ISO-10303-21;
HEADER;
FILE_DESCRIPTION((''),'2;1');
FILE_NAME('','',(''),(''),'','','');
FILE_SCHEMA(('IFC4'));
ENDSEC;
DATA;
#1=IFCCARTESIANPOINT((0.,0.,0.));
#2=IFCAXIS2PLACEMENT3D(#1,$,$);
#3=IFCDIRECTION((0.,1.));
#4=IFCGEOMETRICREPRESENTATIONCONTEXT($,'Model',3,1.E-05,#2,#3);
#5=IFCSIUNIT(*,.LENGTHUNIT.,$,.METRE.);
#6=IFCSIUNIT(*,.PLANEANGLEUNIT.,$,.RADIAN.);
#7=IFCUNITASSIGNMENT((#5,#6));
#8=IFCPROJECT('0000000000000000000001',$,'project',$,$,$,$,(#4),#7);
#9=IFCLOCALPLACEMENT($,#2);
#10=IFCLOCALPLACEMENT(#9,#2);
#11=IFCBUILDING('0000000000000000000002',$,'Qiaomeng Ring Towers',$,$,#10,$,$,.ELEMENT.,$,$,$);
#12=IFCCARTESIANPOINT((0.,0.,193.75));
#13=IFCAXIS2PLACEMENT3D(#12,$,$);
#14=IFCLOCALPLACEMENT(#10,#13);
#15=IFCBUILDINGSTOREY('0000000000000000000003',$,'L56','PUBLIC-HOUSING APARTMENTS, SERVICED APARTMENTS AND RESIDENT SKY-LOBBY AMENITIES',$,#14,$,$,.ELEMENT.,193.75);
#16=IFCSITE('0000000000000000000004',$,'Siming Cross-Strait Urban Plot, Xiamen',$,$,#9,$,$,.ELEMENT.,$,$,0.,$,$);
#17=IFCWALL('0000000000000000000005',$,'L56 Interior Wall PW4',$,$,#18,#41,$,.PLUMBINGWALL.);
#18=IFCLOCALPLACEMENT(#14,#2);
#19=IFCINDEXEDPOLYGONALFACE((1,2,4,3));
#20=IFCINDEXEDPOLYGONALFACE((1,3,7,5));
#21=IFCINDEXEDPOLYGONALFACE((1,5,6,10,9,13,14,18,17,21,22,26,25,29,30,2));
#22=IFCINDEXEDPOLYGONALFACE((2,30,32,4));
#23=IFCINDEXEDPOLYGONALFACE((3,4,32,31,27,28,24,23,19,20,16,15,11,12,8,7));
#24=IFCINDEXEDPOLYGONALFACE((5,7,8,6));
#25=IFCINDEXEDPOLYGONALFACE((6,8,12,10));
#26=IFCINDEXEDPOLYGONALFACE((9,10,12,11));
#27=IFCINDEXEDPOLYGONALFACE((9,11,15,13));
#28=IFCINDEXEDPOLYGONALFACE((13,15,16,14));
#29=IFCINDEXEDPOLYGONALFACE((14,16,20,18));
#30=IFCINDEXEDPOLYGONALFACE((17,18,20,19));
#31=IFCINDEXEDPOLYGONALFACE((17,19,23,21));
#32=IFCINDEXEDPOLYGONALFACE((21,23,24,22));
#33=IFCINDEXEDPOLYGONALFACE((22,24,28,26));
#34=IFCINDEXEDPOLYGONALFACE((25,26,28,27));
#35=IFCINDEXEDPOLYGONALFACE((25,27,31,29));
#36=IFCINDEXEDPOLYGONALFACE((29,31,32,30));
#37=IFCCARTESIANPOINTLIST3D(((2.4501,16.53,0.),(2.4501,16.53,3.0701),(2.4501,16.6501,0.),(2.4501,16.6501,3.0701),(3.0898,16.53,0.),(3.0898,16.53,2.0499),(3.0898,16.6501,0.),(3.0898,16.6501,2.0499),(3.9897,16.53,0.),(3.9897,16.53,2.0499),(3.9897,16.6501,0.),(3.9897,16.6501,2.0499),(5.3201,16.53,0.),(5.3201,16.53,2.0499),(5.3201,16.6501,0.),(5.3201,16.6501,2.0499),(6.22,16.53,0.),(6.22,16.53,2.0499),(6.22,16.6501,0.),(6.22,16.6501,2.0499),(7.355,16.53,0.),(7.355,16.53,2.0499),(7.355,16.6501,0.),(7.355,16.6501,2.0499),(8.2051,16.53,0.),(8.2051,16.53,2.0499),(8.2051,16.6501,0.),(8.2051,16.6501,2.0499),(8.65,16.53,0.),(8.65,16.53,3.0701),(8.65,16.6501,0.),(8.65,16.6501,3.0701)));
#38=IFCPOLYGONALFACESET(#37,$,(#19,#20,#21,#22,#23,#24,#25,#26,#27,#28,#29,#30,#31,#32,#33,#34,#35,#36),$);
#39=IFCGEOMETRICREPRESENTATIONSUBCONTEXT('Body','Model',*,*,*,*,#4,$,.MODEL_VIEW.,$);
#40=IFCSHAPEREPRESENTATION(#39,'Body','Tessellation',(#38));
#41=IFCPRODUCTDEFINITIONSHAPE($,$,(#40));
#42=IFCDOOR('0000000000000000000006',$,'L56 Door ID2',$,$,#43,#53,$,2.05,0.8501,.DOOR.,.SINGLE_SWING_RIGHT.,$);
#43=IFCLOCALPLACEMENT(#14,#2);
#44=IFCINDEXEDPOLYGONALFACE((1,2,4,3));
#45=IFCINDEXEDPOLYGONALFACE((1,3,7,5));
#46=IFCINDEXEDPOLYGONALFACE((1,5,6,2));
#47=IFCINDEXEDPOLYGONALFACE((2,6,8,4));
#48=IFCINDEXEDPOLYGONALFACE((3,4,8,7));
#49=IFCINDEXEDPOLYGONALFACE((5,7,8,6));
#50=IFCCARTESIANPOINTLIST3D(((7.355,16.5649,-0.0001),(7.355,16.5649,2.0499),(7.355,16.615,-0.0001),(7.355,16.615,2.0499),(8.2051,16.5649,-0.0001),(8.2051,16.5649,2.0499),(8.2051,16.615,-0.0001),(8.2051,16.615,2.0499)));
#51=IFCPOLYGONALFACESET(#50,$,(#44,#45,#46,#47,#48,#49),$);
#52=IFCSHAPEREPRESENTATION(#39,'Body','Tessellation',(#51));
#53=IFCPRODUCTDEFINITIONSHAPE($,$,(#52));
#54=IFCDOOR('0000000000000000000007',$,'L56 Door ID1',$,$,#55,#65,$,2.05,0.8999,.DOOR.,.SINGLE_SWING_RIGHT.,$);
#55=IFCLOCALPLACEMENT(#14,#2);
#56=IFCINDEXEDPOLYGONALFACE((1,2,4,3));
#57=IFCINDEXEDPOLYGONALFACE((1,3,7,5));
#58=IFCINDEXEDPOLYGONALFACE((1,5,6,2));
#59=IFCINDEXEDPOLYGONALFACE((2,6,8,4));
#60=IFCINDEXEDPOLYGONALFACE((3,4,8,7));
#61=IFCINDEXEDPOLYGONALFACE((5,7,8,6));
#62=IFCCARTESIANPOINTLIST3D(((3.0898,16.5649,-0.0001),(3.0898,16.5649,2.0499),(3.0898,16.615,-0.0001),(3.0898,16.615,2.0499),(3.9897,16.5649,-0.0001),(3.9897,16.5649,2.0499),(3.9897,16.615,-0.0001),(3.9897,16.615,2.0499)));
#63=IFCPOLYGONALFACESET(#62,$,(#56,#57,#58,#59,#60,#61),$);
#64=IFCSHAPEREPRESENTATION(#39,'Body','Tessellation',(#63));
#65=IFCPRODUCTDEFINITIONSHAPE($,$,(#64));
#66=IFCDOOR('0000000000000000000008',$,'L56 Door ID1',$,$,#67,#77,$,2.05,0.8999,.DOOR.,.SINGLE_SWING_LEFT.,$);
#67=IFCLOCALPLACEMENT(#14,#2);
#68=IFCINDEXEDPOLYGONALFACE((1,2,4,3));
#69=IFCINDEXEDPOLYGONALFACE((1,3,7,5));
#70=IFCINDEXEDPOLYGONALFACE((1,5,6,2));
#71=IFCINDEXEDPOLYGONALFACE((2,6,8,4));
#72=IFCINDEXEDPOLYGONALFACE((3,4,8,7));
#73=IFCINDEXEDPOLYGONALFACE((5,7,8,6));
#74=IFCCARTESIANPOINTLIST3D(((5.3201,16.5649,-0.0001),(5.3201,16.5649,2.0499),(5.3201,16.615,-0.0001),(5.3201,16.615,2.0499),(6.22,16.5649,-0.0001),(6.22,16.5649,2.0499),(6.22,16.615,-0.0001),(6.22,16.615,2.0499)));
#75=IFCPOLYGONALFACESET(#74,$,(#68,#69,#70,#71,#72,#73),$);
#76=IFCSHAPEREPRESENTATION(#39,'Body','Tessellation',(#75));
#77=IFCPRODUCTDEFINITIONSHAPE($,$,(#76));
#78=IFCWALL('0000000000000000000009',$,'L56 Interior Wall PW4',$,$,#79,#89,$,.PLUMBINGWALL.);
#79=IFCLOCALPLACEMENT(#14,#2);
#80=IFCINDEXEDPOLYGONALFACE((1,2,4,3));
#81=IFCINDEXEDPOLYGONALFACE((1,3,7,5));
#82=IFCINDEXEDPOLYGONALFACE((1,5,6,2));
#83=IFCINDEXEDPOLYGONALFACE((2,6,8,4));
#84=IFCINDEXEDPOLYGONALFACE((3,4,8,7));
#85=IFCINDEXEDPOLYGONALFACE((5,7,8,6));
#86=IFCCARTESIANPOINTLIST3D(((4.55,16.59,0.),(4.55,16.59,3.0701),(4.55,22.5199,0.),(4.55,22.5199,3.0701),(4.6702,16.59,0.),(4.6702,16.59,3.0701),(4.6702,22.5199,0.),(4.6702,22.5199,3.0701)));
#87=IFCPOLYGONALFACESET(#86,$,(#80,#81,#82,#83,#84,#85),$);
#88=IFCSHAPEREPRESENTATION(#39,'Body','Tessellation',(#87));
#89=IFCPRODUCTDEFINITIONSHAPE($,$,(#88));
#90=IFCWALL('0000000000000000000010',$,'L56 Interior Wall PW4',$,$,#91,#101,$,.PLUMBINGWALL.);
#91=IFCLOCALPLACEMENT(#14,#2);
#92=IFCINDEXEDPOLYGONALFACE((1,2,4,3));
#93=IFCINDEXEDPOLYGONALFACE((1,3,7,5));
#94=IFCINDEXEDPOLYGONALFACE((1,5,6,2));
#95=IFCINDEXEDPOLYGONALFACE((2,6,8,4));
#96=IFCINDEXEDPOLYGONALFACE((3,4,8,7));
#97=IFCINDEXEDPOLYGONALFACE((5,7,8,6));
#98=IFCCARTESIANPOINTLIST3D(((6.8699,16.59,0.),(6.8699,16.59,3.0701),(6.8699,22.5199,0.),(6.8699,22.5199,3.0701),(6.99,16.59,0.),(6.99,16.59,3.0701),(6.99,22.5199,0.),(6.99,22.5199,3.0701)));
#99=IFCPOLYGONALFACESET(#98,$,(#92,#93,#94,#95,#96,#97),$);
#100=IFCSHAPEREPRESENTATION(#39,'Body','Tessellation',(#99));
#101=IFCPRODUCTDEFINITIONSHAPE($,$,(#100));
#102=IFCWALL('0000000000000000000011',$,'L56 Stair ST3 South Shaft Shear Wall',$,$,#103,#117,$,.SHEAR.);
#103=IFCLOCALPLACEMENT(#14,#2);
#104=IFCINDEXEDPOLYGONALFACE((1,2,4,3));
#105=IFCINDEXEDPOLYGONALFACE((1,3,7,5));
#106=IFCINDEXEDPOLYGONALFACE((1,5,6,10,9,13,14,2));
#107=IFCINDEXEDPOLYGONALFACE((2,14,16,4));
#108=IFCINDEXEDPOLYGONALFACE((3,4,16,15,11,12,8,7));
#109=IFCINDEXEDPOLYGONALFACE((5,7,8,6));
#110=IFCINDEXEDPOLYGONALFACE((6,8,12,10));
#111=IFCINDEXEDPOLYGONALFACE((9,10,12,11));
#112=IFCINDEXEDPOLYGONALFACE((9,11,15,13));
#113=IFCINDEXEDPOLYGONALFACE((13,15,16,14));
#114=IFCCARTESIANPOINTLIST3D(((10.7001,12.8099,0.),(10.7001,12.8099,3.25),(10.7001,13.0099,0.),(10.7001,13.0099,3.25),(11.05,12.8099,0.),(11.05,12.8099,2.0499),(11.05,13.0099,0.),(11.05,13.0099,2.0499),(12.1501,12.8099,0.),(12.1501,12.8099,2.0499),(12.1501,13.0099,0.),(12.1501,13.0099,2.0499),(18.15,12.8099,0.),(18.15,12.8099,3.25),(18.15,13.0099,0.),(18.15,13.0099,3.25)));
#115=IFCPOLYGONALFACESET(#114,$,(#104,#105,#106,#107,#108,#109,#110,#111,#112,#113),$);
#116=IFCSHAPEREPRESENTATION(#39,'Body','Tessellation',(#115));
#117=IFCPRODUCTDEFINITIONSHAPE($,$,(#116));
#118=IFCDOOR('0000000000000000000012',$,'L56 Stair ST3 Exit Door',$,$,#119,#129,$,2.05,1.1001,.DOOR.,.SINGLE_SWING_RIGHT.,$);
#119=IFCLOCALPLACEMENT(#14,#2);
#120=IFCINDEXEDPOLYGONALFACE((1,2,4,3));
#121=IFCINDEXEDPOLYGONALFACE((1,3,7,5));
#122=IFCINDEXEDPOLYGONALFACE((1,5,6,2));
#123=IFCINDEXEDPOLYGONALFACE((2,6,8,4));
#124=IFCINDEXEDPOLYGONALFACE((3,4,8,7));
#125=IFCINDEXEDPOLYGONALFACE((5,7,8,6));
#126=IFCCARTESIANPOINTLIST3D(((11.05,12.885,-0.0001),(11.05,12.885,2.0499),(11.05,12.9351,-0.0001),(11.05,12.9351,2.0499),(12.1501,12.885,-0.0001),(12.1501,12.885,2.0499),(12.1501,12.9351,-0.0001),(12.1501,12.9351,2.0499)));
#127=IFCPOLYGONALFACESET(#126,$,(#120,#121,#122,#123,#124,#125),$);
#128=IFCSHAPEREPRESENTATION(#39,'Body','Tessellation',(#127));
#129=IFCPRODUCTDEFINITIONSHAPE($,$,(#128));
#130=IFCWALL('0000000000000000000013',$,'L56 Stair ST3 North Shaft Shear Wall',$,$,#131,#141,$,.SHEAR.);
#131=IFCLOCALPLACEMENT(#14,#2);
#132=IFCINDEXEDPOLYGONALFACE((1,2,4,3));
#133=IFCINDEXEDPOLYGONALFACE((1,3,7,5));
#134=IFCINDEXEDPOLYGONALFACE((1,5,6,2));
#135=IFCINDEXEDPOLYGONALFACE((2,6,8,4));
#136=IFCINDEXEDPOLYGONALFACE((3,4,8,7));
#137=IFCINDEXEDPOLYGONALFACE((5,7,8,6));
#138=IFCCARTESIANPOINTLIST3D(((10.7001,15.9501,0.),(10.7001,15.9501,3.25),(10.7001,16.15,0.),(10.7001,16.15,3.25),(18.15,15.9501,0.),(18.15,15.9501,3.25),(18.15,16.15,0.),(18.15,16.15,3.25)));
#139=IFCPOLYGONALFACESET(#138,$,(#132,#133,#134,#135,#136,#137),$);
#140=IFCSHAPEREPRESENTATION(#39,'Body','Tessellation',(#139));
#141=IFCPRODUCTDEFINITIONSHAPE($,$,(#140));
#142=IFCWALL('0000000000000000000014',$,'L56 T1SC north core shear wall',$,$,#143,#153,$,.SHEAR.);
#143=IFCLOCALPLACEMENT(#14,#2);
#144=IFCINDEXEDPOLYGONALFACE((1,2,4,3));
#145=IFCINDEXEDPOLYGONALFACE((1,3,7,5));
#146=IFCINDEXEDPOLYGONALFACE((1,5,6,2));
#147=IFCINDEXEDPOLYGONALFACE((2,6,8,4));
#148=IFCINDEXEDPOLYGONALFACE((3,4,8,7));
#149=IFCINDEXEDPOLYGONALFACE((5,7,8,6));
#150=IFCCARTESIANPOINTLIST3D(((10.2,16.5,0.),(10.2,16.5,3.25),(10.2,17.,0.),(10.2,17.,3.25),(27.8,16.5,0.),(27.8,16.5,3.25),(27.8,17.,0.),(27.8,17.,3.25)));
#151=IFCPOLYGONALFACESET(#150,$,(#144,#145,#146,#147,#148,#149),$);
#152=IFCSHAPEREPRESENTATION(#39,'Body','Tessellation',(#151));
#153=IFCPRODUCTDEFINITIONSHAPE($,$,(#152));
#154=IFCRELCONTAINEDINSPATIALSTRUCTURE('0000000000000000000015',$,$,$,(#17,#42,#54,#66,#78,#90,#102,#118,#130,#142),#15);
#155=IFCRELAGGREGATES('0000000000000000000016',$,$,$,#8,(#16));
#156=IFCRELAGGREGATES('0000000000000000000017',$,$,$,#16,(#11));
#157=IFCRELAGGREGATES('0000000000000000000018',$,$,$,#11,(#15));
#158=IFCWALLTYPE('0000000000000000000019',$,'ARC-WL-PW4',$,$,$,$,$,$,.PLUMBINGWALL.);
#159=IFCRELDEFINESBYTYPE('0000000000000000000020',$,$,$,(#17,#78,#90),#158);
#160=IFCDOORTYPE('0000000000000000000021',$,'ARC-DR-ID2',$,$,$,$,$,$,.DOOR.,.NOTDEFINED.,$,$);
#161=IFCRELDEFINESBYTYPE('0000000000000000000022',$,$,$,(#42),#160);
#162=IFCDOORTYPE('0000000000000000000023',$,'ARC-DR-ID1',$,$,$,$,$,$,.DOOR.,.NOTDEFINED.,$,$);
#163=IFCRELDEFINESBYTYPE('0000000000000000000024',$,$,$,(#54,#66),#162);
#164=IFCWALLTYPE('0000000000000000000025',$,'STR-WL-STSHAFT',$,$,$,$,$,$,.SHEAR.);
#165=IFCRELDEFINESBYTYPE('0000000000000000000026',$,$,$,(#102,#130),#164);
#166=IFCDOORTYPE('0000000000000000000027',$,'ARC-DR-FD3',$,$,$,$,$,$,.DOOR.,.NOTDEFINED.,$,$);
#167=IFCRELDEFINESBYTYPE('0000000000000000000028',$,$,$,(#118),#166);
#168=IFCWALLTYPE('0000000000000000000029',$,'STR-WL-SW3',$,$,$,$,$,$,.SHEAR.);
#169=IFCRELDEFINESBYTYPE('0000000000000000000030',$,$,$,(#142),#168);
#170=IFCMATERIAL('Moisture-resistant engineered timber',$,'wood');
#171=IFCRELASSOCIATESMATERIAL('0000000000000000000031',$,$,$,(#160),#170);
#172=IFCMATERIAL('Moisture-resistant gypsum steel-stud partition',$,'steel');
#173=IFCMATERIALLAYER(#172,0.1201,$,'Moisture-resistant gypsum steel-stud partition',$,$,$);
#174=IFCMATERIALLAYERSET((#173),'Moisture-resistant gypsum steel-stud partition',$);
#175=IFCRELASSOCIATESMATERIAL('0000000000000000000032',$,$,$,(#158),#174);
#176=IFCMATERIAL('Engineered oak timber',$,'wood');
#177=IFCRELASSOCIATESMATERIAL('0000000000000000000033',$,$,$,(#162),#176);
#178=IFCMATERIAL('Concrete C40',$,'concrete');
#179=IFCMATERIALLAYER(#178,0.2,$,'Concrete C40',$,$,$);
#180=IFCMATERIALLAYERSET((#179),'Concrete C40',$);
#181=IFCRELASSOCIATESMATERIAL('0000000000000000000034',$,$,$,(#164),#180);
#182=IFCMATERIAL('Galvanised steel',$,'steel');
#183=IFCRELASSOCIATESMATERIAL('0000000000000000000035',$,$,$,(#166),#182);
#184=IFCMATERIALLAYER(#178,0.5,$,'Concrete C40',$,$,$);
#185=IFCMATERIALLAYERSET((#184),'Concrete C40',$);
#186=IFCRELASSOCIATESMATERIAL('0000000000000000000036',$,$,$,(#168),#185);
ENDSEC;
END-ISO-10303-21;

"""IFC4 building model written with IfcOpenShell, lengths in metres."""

from ifc_helpers import new_model, si_unit, direction, frame, frame_2d, origin, place, context, subcontext, project, spatial, rectangle, extrude, source, transform, mapped, material, layer, layer_set, type_object, element, fill, save


model = new_model("IFC4")

# Units and contexts
model_context = context("Model", 3, precision=1e-05, world=origin(), true_north=direction((0.0, 1.0)))
body_context = subcontext(model_context, "Body", "Model", "MODEL_VIEW")
ifc_project = project(units=[si_unit("LENGTHUNIT", "METRE"), si_unit("PLANEANGLEUNIT", "RADIAN")], contexts=[model_context])

# Site, building, storey
site_placement = place(None, origin())
site = spatial("IfcSite", under=ifc_project, at=site_placement, Name="Siming Cross-Strait Urban Plot, Xiamen", CompositionType="ELEMENT", RefElevation=0.0)
building_placement = place(site_placement, origin())
building = spatial("IfcBuilding", under=site, at=building_placement, Name="Qiaomeng Ring Towers", CompositionType="ELEMENT")
storey_placement = place(building_placement, frame((0.0, 0.0, 193.75)))
storey = spatial("IfcBuildingStorey", under=building, at=storey_placement, Name="L56", Description="PUBLIC-HOUSING APARTMENTS, SERVICED APARTMENTS AND RESIDENT SKY-LOBBY AMENITIES", CompositionType="ELEMENT", Elevation=193.75)

# Shared definitions
ifc_material_1 = material(Name="Concrete C40", Category="concrete")

# Shared definitions
ifc_material_2 = material(Name="Moisture-resistant engineered timber", Category="wood")
door_type_1 = type_object("IfcDoorType", Name="ARC-DR-ID2", OperationType="NOTDEFINED", PredefinedType="DOOR", material=ifc_material_2)
shared_shape_1 = source(origin(), body_context, "Body", "SweptSolid", [
    extrude(rectangle(XDim=0.8501, YDim=2.05, at=frame_2d((0.425, 1.0249))), frame((0.0, 0.0249, 0.0), z_axis=(0.0, -1.0, 0.0), x_axis=(1.0, 0.0, 0.0)), (0.0, 0.0, 1.0), 0.05),
])

# Wall, openings, doors
ifc_material_3 = material(Name="Moisture-resistant gypsum steel-stud partition", Category="steel")
ifc_layer_1 = layer(ifc_material_3, 0.1201, Name="Moisture-resistant gypsum steel-stud partition")
ifc_layer_set_1 = layer_set([ifc_layer_1], Name="Moisture-resistant gypsum steel-stud partition")
wall_type_1 = type_object("IfcWallType", Name="ARC-WL-PW4", PredefinedType="PLUMBINGWALL", material=ifc_layer_set_1)
wall_1_placement = place(storey_placement, frame((2.45, 16.5901, 0.0), z_axis=(0.0, 0.0, 1.0), x_axis=(1.0, 0.0, 0.0)))
wall_1 = element("IfcWall", 1, at=wall_1_placement, inside=storey, type_object=wall_type_1, Name="L56 Interior Wall PW4", PredefinedType="PLUMBINGWALL", context=body_context, shape_type="SweptSolid", body=[
    extrude(rectangle(XDim=6.2, YDim=0.1201, at=frame_2d((3.1001, 0.0))), origin(), (0.0, 0.0, 1.0), 3.0701),
])
opening_1_placement = place(wall_1_placement, frame((0.6399, 0.0, 0.0)))
opening_1 = element("IfcOpeningElement", 2, at=opening_1_placement, cuts=wall_1, PredefinedType="OPENING", context=body_context, shape_type="SweptSolid", body=[
    extrude(rectangle(XDim=0.8999, YDim=2.05, at=frame_2d((0.45, 1.0249))), frame((0.0, 0.0701, 0.0), z_axis=(0.0, -1.0, 0.0), x_axis=(1.0, 0.0, 0.0)), (0.0, 0.0, 1.0), 0.1401),
])
opening_2_placement = place(wall_1_placement, frame((2.8701, 0.0, 0.0)))
opening_2 = element("IfcOpeningElement", 3, at=opening_2_placement, cuts=wall_1, PredefinedType="OPENING", context=body_context, shape_type="SweptSolid", body=[
    extrude(rectangle(XDim=0.8999, YDim=2.05, at=frame_2d((0.45, 1.0249))), frame((0.0, 0.0701, 0.0), z_axis=(0.0, -1.0, 0.0), x_axis=(1.0, 0.0, 0.0)), (0.0, 0.0, 1.0), 0.1401),
])
opening_3_placement = place(wall_1_placement, frame((4.905, 0.0, 0.0)))
opening_3 = element("IfcOpeningElement", 4, at=opening_3_placement, cuts=wall_1, PredefinedType="OPENING", context=body_context, shape_type="SweptSolid", body=[
    extrude(rectangle(XDim=0.8501, YDim=2.05, at=frame_2d((0.425, 1.0249))), frame((0.0, 0.0701, 0.0), z_axis=(0.0, -1.0, 0.0), x_axis=(1.0, 0.0, 0.0)), (0.0, 0.0, 1.0), 0.1401),
])
door_1_placement = place(opening_3_placement, origin())
door_1 = element("IfcDoor", 5, at=door_1_placement, inside=storey, type_object=door_type_1, Name="L56 Door ID2", OperationType="SINGLE_SWING_RIGHT", OverallHeight=2.05, OverallWidth=0.8501, PredefinedType="DOOR", context=body_context, shape_type="MappedRepresentation", body=[
    mapped(shared_shape_1, transform((0.0, 0.0, 0.0), x_axis=(1.0, 0.0, 0.0), y_axis=(0.0, 1.0, 0.0), z_axis=(0.0, 0.0, 1.0), scale=1.0)),
])
fill(opening_3, door_1)
ifc_material_4 = material(Name="Engineered oak timber", Category="wood")
door_type_2 = type_object("IfcDoorType", Name="ARC-DR-ID1", OperationType="NOTDEFINED", PredefinedType="DOOR", material=ifc_material_4)
shared_shape_2 = source(origin(), body_context, "Body", "SweptSolid", [
    extrude(rectangle(XDim=0.8999, YDim=2.05, at=frame_2d((0.45, 1.0249))), frame((0.0, 0.0249, 0.0), z_axis=(0.0, -1.0, 0.0), x_axis=(1.0, 0.0, 0.0)), (0.0, 0.0, 1.0), 0.05),
])
door_2_placement = place(opening_1_placement, origin())
door_2 = element("IfcDoor", 6, at=door_2_placement, inside=storey, type_object=door_type_2, Name="L56 Door ID1", OperationType="SINGLE_SWING_RIGHT", OverallHeight=2.05, OverallWidth=0.8999, PredefinedType="DOOR", context=body_context, shape_type="MappedRepresentation", body=[
    mapped(shared_shape_2, transform((0.0, 0.0, 0.0), x_axis=(1.0, 0.0, 0.0), y_axis=(0.0, 1.0, 0.0), z_axis=(0.0, 0.0, 1.0), scale=1.0)),
])
fill(opening_1, door_2)
door_3_placement = place(opening_2_placement, origin())
door_3 = element("IfcDoor", 7, at=door_3_placement, inside=storey, type_object=door_type_2, Name="L56 Door ID1", OperationType="SINGLE_SWING_LEFT", OverallHeight=2.05, OverallWidth=0.8999, PredefinedType="DOOR", context=body_context, shape_type="MappedRepresentation", body=[
    mapped(shared_shape_2, transform((0.0, 0.0, 0.0), x_axis=(1.0, 0.0, 0.0), y_axis=(0.0, 1.0, 0.0), z_axis=(0.0, 0.0, 1.0), scale=1.0)),
])
fill(opening_2, door_3)

# Walls
for number, where, z_axis, x_axis, name in (
    (8, (4.6101, 16.5901, 0.0), (0.0, 0.0, 1.0), (0.0, 1.0, 0.0), "L56 Interior Wall PW4"),
    (9, (6.9299, 16.5901, 0.0), (0.0, 0.0, 1.0), (0.0, 1.0, 0.0), "L56 Interior Wall PW4"),
):
    element("IfcWall", number, at=place(storey_placement, frame(where, z_axis=z_axis, x_axis=x_axis)), inside=storey, type_object=wall_type_1, Name=name, PredefinedType="PLUMBINGWALL", context=body_context, shape_type="SweptSolid", body=[
        extrude(rectangle(XDim=5.9299, YDim=0.1201, at=frame_2d((2.9648, 0.0))), origin(), (0.0, 0.0, 1.0), 3.0701),
    ])

# Wall, opening, door
ifc_layer_2 = layer(ifc_material_1, 0.2, Name="Concrete C40")
ifc_layer_set_2 = layer_set([ifc_layer_2], Name="Concrete C40")
wall_type_2 = type_object("IfcWallType", Name="STR-WL-STSHAFT", PredefinedType="SHEAR", material=ifc_layer_set_2)
wall_2_placement = place(storey_placement, frame((10.7, 12.9099, 0.0), z_axis=(0.0, 0.0, 1.0), x_axis=(1.0, 0.0, 0.0)))
wall_2 = element("IfcWall", 10, at=wall_2_placement, inside=storey, type_object=wall_type_2, Name="L56 Stair ST3 South Shaft Shear Wall", PredefinedType="SHEAR", context=body_context, shape_type="SweptSolid", body=[
    extrude(rectangle(XDim=7.45, YDim=0.2, at=frame_2d((3.7251, 0.0))), origin(), (0.0, 0.0, 1.0), 3.25),
])
opening_4_placement = place(wall_2_placement, frame((0.3501, 0.0, 0.0)))
opening_4 = element("IfcOpeningElement", 11, at=opening_4_placement, cuts=wall_2, PredefinedType="OPENING", context=body_context, shape_type="SweptSolid", body=[
    extrude(rectangle(XDim=1.1001, YDim=2.05, at=frame_2d((0.55, 1.0249))), frame((0.0, 0.1099, 0.0), z_axis=(0.0, -1.0, 0.0), x_axis=(1.0, 0.0, 0.0)), (0.0, 0.0, 1.0), 0.22),
])
ifc_material_5 = material(Name="Galvanised steel", Category="steel")
door_type_3 = type_object("IfcDoorType", Name="ARC-DR-FD3", OperationType="NOTDEFINED", PredefinedType="DOOR", material=ifc_material_5)
shared_shape_3 = source(origin(), body_context, "Body", "SweptSolid", [
    extrude(rectangle(XDim=1.1001, YDim=2.05, at=frame_2d((0.55, 1.0249))), frame((0.0, 0.0249, 0.0), z_axis=(0.0, -1.0, 0.0), x_axis=(1.0, 0.0, 0.0)), (0.0, 0.0, 1.0), 0.05),
])
door_4_placement = place(opening_4_placement, frame((1.1001, 0.0, 0.0), z_axis=(0.0, 0.0, 1.0), x_axis=(-1.0, 0.0, 0.0)))
door_4 = element("IfcDoor", 12, at=door_4_placement, inside=storey, type_object=door_type_3, Name="L56 Stair ST3 Exit Door", OperationType="SINGLE_SWING_RIGHT", OverallHeight=2.05, OverallWidth=1.1001, PredefinedType="DOOR", context=body_context, shape_type="MappedRepresentation", body=[
    mapped(shared_shape_3, transform((0.0, 0.0, 0.0), x_axis=(1.0, 0.0, 0.0), y_axis=(0.0, 1.0, 0.0), z_axis=(0.0, 0.0, 1.0), scale=1.0)),
])
fill(opening_4, door_4)

# Walls
wall_3_placement = place(storey_placement, frame((10.7, 16.05, 0.0), z_axis=(0.0, 0.0, 1.0), x_axis=(1.0, 0.0, 0.0)))
element("IfcWall", 13, at=wall_3_placement, inside=storey, type_object=wall_type_2, Name="L56 Stair ST3 North Shaft Shear Wall", PredefinedType="SHEAR", context=body_context, shape_type="SweptSolid", body=[
    extrude(rectangle(XDim=7.45, YDim=0.2, at=frame_2d((3.7251, 0.0))), origin(), (0.0, 0.0, 1.0), 3.25),
])
ifc_layer_3 = layer(ifc_material_1, 0.5, Name="Concrete C40")
ifc_layer_set_3 = layer_set([ifc_layer_3], Name="Concrete C40")
wall_type_3 = type_object("IfcWallType", Name="STR-WL-SW3", PredefinedType="SHEAR", material=ifc_layer_set_3)
wall_4_placement = place(storey_placement, frame((10.2, 16.75, 0.0), z_axis=(0.0, 0.0, 1.0), x_axis=(1.0, 0.0, 0.0)))
element("IfcWall", 14, at=wall_4_placement, inside=storey, type_object=wall_type_3, Name="L56 T1SC north core shear wall", PredefinedType="SHEAR", context=body_context, shape_type="SweptSolid", body=[
    extrude(rectangle(XDim=17.6001, YDim=0.5, at=frame_2d((8.8, 0.0))), origin(), (0.0, 0.0, 1.0), 3.25),
])

save(model, "model.ifc")
